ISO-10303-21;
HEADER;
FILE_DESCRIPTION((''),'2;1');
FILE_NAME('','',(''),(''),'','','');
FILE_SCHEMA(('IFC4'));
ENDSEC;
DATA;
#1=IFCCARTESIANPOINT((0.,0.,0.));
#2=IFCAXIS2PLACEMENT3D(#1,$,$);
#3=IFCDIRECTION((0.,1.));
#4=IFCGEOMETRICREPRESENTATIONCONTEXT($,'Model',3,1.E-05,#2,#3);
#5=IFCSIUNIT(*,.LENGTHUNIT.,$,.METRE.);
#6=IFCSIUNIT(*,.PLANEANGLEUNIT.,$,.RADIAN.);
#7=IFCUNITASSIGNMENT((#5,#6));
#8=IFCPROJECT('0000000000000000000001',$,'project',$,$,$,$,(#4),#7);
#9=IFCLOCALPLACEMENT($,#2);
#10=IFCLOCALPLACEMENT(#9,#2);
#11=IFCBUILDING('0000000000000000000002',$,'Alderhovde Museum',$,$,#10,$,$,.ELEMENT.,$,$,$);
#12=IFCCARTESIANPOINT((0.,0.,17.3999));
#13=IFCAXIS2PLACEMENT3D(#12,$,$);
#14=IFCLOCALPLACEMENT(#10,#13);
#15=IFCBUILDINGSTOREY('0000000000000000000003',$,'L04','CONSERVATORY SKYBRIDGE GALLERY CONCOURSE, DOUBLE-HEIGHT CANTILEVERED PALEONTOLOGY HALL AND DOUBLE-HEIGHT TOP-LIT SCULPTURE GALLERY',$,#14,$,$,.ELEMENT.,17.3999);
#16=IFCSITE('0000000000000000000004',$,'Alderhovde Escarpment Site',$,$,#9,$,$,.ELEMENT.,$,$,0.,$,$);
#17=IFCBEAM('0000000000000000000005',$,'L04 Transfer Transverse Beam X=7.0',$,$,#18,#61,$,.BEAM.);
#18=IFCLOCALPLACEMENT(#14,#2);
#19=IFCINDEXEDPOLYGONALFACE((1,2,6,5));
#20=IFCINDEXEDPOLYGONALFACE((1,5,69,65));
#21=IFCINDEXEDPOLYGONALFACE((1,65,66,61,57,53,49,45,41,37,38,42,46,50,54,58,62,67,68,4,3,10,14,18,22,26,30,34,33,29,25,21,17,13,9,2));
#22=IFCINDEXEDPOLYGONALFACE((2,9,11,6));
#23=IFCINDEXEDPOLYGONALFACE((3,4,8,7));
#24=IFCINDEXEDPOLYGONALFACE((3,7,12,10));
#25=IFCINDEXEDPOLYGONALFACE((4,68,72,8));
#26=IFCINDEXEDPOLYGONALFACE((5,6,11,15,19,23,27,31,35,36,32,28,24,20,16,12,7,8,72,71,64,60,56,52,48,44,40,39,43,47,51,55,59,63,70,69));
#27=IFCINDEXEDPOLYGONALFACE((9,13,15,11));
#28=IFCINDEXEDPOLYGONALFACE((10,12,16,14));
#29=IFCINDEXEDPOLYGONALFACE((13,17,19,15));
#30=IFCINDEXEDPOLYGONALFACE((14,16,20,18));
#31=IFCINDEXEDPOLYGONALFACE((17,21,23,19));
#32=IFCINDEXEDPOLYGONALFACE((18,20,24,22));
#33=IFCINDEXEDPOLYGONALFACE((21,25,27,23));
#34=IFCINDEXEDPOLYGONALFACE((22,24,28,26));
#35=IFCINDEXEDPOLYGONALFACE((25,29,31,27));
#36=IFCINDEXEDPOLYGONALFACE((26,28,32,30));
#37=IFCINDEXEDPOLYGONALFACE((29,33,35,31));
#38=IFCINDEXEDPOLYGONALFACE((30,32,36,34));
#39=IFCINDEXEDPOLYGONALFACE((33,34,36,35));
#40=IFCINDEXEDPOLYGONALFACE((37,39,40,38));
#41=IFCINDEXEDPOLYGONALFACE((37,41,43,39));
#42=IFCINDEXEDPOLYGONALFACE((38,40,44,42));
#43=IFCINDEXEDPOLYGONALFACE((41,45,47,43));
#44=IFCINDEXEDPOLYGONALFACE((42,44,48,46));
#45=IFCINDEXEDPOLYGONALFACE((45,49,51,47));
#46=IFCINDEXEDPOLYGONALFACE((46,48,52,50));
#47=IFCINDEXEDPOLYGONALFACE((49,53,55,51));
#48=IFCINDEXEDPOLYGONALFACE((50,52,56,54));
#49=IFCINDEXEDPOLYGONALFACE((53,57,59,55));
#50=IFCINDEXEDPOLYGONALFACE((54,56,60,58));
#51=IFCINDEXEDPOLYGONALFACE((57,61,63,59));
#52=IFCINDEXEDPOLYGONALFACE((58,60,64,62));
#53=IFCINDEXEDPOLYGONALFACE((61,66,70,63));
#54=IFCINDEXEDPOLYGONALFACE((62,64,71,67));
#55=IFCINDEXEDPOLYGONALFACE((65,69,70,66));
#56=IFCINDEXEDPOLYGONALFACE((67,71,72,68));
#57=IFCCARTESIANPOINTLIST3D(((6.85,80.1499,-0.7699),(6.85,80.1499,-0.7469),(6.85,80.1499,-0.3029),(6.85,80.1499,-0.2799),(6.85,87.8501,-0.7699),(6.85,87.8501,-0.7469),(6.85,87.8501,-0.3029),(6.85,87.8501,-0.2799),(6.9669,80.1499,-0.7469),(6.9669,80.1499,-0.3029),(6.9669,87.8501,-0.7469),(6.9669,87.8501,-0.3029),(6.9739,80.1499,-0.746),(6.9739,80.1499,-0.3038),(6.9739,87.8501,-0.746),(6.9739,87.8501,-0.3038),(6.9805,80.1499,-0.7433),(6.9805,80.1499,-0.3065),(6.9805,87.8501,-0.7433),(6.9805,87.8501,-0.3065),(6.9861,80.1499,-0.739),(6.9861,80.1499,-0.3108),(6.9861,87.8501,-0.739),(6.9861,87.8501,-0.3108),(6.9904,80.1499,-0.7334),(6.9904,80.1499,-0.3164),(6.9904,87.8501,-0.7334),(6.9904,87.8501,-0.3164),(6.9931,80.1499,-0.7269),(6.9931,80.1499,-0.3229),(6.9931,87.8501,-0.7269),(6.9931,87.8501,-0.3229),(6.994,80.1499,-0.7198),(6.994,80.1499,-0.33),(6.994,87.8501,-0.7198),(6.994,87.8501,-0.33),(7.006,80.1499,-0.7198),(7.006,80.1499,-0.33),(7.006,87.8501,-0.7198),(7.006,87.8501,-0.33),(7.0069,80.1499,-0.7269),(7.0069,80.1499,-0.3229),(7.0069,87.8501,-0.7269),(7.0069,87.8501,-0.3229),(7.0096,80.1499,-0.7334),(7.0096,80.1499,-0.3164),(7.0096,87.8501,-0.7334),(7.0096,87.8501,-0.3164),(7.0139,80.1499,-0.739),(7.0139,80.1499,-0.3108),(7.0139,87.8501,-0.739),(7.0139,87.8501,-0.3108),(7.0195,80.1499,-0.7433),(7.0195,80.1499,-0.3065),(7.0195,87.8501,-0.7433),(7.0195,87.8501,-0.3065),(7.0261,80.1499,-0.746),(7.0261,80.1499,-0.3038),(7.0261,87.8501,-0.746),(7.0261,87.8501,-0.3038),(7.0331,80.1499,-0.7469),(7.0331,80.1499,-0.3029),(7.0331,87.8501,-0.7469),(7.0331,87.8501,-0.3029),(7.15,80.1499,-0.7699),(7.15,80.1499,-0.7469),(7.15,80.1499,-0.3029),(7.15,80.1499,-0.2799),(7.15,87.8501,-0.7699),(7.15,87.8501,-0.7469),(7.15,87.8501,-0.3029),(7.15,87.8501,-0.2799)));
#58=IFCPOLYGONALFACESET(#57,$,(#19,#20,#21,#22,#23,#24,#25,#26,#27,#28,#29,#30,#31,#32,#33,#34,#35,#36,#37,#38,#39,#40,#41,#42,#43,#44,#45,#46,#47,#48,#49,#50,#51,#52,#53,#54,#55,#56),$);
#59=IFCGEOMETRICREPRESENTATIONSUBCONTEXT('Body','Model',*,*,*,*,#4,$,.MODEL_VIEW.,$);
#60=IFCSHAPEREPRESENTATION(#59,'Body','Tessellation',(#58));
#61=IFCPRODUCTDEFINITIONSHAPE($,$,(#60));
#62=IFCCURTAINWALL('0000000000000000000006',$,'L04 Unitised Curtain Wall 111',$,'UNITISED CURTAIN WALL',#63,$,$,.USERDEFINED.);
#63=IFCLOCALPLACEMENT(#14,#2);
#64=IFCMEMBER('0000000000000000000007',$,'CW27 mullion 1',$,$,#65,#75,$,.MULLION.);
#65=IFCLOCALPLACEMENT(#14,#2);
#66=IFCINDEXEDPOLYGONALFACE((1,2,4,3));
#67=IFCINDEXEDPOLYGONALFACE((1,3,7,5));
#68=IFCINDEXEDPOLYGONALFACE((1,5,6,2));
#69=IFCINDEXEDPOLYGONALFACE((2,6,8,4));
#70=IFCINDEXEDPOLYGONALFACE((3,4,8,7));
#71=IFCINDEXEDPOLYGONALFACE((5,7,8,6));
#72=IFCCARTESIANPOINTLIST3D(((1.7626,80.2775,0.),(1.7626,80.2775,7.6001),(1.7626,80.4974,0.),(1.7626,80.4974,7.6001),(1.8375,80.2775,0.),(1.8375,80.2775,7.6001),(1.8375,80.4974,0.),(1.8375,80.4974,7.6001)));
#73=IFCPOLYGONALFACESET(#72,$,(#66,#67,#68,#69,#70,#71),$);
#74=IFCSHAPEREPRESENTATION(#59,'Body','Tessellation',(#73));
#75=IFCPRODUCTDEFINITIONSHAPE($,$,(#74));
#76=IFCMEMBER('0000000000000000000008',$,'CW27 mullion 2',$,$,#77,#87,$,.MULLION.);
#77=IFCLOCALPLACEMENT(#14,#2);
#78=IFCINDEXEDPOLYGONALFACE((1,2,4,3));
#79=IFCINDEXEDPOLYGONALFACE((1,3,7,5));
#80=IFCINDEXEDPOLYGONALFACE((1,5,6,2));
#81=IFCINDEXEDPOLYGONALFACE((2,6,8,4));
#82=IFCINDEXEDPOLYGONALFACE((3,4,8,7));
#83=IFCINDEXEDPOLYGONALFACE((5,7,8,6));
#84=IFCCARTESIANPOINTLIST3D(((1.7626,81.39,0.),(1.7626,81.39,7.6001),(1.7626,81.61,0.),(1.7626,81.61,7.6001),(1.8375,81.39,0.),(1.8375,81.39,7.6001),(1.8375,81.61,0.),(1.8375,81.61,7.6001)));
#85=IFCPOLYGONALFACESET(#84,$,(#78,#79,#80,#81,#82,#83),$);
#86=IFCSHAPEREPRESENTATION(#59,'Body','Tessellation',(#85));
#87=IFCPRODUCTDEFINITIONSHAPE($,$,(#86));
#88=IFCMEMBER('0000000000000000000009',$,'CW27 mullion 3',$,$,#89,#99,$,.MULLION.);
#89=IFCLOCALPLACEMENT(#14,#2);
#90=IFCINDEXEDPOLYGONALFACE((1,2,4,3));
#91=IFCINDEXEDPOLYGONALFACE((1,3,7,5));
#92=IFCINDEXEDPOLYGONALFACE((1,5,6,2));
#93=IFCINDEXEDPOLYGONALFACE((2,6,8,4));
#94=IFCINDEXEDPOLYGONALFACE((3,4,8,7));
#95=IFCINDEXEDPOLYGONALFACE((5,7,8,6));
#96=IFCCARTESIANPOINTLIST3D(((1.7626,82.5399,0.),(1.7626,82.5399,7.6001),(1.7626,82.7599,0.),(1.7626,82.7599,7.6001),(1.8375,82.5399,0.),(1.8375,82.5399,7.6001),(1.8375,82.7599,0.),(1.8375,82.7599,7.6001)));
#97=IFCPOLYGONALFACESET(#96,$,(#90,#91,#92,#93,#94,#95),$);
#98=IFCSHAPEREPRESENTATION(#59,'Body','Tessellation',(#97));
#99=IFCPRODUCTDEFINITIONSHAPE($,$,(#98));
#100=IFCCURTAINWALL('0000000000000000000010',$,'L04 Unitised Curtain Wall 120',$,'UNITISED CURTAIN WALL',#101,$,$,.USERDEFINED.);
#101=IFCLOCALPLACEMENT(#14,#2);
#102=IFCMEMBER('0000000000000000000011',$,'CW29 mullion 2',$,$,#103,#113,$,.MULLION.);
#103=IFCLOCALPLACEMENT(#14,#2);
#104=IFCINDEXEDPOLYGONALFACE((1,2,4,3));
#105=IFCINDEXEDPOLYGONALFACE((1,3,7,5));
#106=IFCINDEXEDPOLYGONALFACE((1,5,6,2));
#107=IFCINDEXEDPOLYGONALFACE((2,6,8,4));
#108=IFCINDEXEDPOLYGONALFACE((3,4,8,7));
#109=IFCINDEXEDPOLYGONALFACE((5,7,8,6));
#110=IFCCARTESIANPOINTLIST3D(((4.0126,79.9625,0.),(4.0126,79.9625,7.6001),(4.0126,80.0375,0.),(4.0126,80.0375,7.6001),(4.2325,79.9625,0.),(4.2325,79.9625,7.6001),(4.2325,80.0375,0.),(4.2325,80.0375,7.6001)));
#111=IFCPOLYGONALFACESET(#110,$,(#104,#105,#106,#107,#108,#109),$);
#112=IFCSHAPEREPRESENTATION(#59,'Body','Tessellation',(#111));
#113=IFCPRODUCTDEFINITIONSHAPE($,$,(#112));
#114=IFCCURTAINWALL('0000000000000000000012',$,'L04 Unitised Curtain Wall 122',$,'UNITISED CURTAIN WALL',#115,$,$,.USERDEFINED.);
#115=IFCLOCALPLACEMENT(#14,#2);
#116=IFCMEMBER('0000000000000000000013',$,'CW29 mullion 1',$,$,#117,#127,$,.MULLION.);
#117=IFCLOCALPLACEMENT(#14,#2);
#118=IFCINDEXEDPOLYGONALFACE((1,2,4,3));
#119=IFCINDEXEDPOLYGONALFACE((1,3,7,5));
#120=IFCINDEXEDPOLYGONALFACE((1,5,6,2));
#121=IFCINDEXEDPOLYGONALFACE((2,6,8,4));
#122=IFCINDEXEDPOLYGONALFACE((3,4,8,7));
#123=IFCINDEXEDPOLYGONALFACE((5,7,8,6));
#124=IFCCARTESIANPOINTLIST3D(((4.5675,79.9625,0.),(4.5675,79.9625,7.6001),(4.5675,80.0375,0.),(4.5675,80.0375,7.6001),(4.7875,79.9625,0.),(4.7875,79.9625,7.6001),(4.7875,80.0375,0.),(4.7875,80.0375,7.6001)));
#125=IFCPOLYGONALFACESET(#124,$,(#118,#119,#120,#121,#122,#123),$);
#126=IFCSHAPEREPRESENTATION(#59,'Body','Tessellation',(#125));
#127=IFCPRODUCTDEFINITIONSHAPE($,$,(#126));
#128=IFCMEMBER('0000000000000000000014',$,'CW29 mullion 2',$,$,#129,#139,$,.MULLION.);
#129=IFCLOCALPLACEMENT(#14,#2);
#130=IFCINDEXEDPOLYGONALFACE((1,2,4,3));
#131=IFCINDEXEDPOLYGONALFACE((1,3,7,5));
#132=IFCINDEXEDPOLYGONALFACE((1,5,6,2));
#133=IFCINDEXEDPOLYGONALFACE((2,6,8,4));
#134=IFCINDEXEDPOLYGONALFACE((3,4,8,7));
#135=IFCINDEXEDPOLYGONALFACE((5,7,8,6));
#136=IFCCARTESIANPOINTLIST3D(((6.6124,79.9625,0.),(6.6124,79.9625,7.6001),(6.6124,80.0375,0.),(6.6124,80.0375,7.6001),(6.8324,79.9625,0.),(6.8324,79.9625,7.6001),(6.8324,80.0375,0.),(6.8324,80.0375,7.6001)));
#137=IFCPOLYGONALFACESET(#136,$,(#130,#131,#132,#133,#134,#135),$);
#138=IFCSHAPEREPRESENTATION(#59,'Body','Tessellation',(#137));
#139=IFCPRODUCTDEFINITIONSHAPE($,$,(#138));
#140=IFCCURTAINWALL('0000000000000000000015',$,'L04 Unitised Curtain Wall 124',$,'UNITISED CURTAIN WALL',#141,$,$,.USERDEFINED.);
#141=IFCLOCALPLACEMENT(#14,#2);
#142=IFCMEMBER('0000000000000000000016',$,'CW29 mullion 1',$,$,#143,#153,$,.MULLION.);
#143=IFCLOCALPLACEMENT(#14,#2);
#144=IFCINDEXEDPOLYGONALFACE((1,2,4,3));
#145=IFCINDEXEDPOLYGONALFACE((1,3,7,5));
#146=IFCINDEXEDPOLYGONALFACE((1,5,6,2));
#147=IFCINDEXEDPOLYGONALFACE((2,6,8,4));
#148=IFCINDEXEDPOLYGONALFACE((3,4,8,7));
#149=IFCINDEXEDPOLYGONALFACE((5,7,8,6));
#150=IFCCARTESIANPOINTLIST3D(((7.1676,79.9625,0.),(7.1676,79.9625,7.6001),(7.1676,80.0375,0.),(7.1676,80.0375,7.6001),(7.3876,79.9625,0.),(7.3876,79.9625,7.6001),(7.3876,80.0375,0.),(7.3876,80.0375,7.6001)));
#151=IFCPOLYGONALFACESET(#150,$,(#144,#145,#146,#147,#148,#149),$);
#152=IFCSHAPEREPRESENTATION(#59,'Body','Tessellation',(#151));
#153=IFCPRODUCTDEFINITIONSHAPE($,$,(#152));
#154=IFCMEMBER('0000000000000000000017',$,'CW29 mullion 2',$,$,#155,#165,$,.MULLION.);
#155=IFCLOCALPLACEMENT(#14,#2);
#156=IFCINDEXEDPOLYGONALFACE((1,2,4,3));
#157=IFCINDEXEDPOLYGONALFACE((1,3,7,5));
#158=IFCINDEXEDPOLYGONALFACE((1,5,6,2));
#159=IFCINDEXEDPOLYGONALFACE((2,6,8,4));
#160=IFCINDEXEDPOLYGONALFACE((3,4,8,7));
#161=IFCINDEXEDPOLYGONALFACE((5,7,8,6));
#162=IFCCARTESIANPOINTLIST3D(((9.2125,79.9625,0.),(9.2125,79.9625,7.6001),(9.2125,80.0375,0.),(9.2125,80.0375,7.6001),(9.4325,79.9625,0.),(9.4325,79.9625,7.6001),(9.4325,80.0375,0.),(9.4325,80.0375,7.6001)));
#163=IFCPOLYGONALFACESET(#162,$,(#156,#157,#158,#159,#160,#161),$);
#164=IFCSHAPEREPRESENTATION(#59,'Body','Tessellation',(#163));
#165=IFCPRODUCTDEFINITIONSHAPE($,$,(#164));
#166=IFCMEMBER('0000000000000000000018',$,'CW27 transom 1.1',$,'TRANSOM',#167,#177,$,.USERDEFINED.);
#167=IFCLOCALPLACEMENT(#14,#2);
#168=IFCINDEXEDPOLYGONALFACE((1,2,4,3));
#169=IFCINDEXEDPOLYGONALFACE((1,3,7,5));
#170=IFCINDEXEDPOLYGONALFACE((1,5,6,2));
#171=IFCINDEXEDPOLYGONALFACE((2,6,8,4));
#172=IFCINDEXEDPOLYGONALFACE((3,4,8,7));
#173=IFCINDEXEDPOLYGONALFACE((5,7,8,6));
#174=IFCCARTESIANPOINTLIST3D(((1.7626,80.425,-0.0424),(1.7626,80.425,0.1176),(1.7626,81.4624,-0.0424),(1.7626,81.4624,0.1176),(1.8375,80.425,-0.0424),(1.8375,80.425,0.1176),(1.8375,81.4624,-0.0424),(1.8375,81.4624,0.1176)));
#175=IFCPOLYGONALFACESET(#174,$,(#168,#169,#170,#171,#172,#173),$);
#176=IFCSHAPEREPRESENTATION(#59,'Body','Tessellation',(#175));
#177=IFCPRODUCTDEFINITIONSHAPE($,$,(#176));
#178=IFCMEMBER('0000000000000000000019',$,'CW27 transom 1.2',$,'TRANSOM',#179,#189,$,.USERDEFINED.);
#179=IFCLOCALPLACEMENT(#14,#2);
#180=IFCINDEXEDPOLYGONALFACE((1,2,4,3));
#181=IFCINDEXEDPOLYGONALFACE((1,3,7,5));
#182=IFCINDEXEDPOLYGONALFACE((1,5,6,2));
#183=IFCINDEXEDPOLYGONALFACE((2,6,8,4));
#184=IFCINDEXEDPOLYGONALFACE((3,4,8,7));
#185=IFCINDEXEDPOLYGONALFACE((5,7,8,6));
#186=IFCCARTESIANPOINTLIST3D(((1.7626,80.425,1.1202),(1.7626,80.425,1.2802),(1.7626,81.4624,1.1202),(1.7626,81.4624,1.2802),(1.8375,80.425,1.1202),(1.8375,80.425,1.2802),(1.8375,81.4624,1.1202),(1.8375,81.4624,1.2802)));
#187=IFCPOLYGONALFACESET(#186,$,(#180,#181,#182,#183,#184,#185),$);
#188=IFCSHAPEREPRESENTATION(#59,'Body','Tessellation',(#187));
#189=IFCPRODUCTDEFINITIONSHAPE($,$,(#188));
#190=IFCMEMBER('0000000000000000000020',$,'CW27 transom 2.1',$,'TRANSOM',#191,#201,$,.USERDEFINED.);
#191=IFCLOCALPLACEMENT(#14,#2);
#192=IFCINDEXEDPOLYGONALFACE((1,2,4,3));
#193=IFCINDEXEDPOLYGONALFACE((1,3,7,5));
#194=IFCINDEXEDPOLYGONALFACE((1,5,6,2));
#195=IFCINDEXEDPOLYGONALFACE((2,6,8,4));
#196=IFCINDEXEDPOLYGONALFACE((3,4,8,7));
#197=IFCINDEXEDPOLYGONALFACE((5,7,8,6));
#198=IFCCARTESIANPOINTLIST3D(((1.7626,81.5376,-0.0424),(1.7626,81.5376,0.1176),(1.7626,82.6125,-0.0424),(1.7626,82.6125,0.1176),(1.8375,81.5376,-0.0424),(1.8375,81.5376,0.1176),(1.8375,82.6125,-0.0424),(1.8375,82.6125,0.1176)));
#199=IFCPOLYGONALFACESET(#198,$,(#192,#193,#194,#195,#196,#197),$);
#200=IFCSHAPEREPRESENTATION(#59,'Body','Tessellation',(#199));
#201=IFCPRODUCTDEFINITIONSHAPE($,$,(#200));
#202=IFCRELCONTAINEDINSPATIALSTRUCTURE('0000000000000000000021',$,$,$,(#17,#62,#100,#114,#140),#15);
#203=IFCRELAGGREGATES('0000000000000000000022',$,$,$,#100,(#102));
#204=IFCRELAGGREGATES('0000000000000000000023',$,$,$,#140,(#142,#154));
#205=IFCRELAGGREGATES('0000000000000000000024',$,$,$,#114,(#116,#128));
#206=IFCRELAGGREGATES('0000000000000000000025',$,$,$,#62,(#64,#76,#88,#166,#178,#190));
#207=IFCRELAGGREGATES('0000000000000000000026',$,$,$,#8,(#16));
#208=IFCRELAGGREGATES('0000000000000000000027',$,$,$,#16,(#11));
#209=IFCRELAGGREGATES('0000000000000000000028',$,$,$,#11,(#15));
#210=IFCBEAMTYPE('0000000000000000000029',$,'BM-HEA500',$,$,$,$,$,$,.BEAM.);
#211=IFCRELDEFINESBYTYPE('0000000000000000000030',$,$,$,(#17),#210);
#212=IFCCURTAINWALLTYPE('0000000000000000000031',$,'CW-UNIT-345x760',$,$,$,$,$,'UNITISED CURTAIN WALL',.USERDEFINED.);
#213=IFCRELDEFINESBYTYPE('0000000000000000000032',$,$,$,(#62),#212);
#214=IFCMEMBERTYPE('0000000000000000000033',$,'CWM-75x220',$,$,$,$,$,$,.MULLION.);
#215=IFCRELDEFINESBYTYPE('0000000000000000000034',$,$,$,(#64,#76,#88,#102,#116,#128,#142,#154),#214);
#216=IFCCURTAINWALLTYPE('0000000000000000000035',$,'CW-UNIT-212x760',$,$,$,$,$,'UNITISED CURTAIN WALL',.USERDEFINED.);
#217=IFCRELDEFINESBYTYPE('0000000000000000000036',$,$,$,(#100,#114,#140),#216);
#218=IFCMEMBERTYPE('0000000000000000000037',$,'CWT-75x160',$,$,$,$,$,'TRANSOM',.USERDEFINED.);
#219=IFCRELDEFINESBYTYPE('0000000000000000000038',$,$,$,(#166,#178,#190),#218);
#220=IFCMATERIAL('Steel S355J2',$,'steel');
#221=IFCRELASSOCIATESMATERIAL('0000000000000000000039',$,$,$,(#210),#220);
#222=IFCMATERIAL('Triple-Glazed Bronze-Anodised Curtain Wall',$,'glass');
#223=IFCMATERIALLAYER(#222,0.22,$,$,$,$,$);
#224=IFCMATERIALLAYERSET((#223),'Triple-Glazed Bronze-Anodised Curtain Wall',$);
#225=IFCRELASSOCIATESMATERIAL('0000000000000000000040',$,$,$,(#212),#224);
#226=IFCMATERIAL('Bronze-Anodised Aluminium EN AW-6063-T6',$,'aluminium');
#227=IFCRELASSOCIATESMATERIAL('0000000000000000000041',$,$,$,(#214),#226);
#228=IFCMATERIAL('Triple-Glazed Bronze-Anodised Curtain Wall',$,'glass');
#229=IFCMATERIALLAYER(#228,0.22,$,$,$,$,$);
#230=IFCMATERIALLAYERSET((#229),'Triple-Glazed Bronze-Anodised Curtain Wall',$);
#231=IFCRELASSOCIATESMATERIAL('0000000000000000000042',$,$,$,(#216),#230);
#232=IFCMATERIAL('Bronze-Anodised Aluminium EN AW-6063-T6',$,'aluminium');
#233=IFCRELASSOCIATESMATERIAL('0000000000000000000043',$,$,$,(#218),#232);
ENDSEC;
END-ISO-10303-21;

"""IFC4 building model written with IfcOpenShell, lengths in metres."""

from ifc_helpers import new_model, si_unit, direction, frame, origin, origin_2d, place, context, subcontext, project, spatial, rectangle, i_section, extrude, material, layer, layer_set, material_profile, profile_set, type_object, element, aggregate, save


model = new_model("IFC4")

# Units and contexts
model_context = context("Model", 3, precision=1e-05, world=origin(), true_north=direction((0.0, 1.0)))
body_context = subcontext(model_context, "Body", "Model", "MODEL_VIEW")
ifc_project = project(units=[si_unit("LENGTHUNIT", "METRE"), si_unit("PLANEANGLEUNIT", "RADIAN")], contexts=[model_context])

# Site, building, storey
site_placement = place(None, origin())
site = spatial("IfcSite", under=ifc_project, at=site_placement, Name="Alderhovde Escarpment Site", CompositionType="ELEMENT", RefElevation=0.0)
building_placement = place(site_placement, origin())
building = spatial("IfcBuilding", under=site, at=building_placement, Name="Alderhovde Museum", CompositionType="ELEMENT")
storey_placement = place(building_placement, frame((0.0, 0.0, 17.3999)))
storey = spatial("IfcBuildingStorey", under=building, at=storey_placement, Name="L04", Description="CONSERVATORY SKYBRIDGE GALLERY CONCOURSE, DOUBLE-HEIGHT CANTILEVERED PALEONTOLOGY HALL AND DOUBLE-HEIGHT TOP-LIT SCULPTURE GALLERY", CompositionType="ELEMENT", Elevation=17.3999)

# Beam
ifc_material_1 = material(Name="Steel S355J2", Category="steel")
ifc_material_profile_1 = material_profile(ifc_material_1, i_section(OverallWidth=0.3, OverallDepth=0.49, WebThickness=0.012, FlangeThickness=0.0229, FilletRadius=0.0271, at=origin_2d()), Name="HEA 500")
ifc_profile_set_1 = profile_set([ifc_material_profile_1], Name="Steel S355J2")
beam_type_1 = type_object("IfcBeamType", Name="BM-HEA500", PredefinedType="BEAM", material=ifc_profile_set_1)
for number, where, z_axis, x_axis, name in (
    (1, (7.0, 80.1499, -0.5249), (0.0, 1.0, 0.0), (-1.0, 0.0, 0.0), "L04 Transfer Transverse Beam X=7.0"),
):
    element("IfcBeam", number, at=place(storey_placement, frame(where, z_axis=z_axis, x_axis=x_axis)), inside=storey, type_object=beam_type_1, Name=name, PredefinedType="BEAM", context=body_context, shape_type="SweptSolid", body=[
        extrude(i_section(OverallWidth=0.3, OverallDepth=0.49, WebThickness=0.012, FlangeThickness=0.0229, FilletRadius=0.0271, at=origin_2d()), origin(), (0.0, 0.0, 1.0), 7.7002),
    ])

# Curtain wall, members
ifc_material_2 = material(Name="Triple-Glazed Bronze-Anodised Curtain Wall", Category="glass")
ifc_layer_1 = layer(ifc_material_2, 0.22)
ifc_layer_set_1 = layer_set([ifc_layer_1], Name="Triple-Glazed Bronze-Anodised Curtain Wall")
curtain_wall_type_1 = type_object("IfcCurtainWallType", Name="CW-UNIT-345x760", ElementType="UNITISED CURTAIN WALL", PredefinedType="USERDEFINED", material=ifc_layer_set_1)
curtain_wall_1_placement = place(storey_placement, origin())
curtain_wall_1 = element("IfcCurtainWall", 2, at=curtain_wall_1_placement, inside=storey, type_object=curtain_wall_type_1, Name="L04 Unitised Curtain Wall 111", ObjectType="UNITISED CURTAIN WALL", PredefinedType="USERDEFINED")
ifc_material_3 = material(Name="Bronze-Anodised Aluminium EN AW-6063-T6", Category="aluminium")
ifc_material_profile_2 = material_profile(ifc_material_3, rectangle(XDim=0.075, YDim=0.22, at=origin_2d()), Name="MULLION 75x220")
ifc_profile_set_2 = profile_set([ifc_material_profile_2], Name="Bronze-Anodised Aluminium EN AW-6063-T6")
member_type_1 = type_object("IfcMemberType", Name="CWM-75x220", PredefinedType="MULLION", material=ifc_profile_set_2)
member_1_placement = place(storey_placement, frame((1.8, 80.3875, 0.0), z_axis=(0.0, 0.0, 1.0), x_axis=(-1.0, 0.0, 0.0)))
member_1 = element("IfcMember", 3, at=member_1_placement, type_object=member_type_1, Name="CW27 mullion 1", PredefinedType="MULLION", context=body_context, shape_type="SweptSolid", body=[
    extrude(rectangle(XDim=0.075, YDim=0.22, at=origin_2d()), origin(), (0.0, 0.0, 1.0), 7.6001),
])
member_2_placement = place(storey_placement, frame((1.8, 81.5, 0.0), z_axis=(0.0, 0.0, 1.0), x_axis=(-1.0, 0.0, 0.0)))
member_2 = element("IfcMember", 4, at=member_2_placement, type_object=member_type_1, Name="CW27 mullion 2", PredefinedType="MULLION", context=body_context, shape_type="SweptSolid", body=[
    extrude(rectangle(XDim=0.075, YDim=0.22, at=origin_2d()), origin(), (0.0, 0.0, 1.0), 7.6001),
])
member_3_placement = place(storey_placement, frame((1.8, 82.6499, 0.0), z_axis=(0.0, 0.0, 1.0), x_axis=(-1.0, 0.0, 0.0)))
member_3 = element("IfcMember", 5, at=member_3_placement, type_object=member_type_1, Name="CW27 mullion 3", PredefinedType="MULLION", context=body_context, shape_type="SweptSolid", body=[
    extrude(rectangle(XDim=0.075, YDim=0.22, at=origin_2d()), origin(), (0.0, 0.0, 1.0), 7.6001),
])

# Curtain wall, member
ifc_material_4 = material(Name="Triple-Glazed Bronze-Anodised Curtain Wall", Category="glass")
ifc_layer_2 = layer(ifc_material_4, 0.22)
ifc_layer_set_2 = layer_set([ifc_layer_2], Name="Triple-Glazed Bronze-Anodised Curtain Wall")
curtain_wall_type_2 = type_object("IfcCurtainWallType", Name="CW-UNIT-212x760", ElementType="UNITISED CURTAIN WALL", PredefinedType="USERDEFINED", material=ifc_layer_set_2)
curtain_wall_2_placement = place(storey_placement, origin())
curtain_wall_2 = element("IfcCurtainWall", 6, at=curtain_wall_2_placement, inside=storey, type_object=curtain_wall_type_2, Name="L04 Unitised Curtain Wall 120", ObjectType="UNITISED CURTAIN WALL", PredefinedType="USERDEFINED")
member_4_placement = place(storey_placement, frame((4.1226, 80.0, 0.0), z_axis=(0.0, 0.0, 1.0), x_axis=(0.0, 1.0, 0.0)))
member_4 = element("IfcMember", 7, at=member_4_placement, type_object=member_type_1, Name="CW29 mullion 2", PredefinedType="MULLION", context=body_context, shape_type="SweptSolid", body=[
    extrude(rectangle(XDim=0.075, YDim=0.22, at=origin_2d()), origin(), (0.0, 0.0, 1.0), 7.6001),
])

# Curtain walls, members
curtain_wall_3_placement = place(storey_placement, origin())
curtain_wall_3 = element("IfcCurtainWall", 8, at=curtain_wall_3_placement, inside=storey, type_object=curtain_wall_type_2, Name="L04 Unitised Curtain Wall 122", ObjectType="UNITISED CURTAIN WALL", PredefinedType="USERDEFINED")
member_5_placement = place(storey_placement, frame((4.6775, 80.0, 0.0), z_axis=(0.0, 0.0, 1.0), x_axis=(0.0, 1.0, 0.0)))
member_5 = element("IfcMember", 9, at=member_5_placement, type_object=member_type_1, Name="CW29 mullion 1", PredefinedType="MULLION", context=body_context, shape_type="SweptSolid", body=[
    extrude(rectangle(XDim=0.075, YDim=0.22, at=origin_2d()), origin(), (0.0, 0.0, 1.0), 7.6001),
])
member_6_placement = place(storey_placement, frame((6.7224, 80.0, 0.0), z_axis=(0.0, 0.0, 1.0), x_axis=(0.0, 1.0, 0.0)))
member_6 = element("IfcMember", 10, at=member_6_placement, type_object=member_type_1, Name="CW29 mullion 2", PredefinedType="MULLION", context=body_context, shape_type="SweptSolid", body=[
    extrude(rectangle(XDim=0.075, YDim=0.22, at=origin_2d()), origin(), (0.0, 0.0, 1.0), 7.6001),
])
curtain_wall_4_placement = place(storey_placement, origin())
curtain_wall_4 = element("IfcCurtainWall", 11, at=curtain_wall_4_placement, inside=storey, type_object=curtain_wall_type_2, Name="L04 Unitised Curtain Wall 124", ObjectType="UNITISED CURTAIN WALL", PredefinedType="USERDEFINED")
member_7_placement = place(storey_placement, frame((7.2776, 80.0, 0.0), z_axis=(0.0, 0.0, 1.0), x_axis=(0.0, 1.0, 0.0)))
member_7 = element("IfcMember", 12, at=member_7_placement, type_object=member_type_1, Name="CW29 mullion 1", PredefinedType="MULLION", context=body_context, shape_type="SweptSolid", body=[
    extrude(rectangle(XDim=0.075, YDim=0.22, at=origin_2d()), origin(), (0.0, 0.0, 1.0), 7.6001),
])
member_8_placement = place(storey_placement, frame((9.3225, 80.0, 0.0), z_axis=(0.0, 0.0, 1.0), x_axis=(0.0, 1.0, 0.0)))
member_8 = element("IfcMember", 13, at=member_8_placement, type_object=member_type_1, Name="CW29 mullion 2", PredefinedType="MULLION", context=body_context, shape_type="SweptSolid", body=[
    extrude(rectangle(XDim=0.075, YDim=0.22, at=origin_2d()), origin(), (0.0, 0.0, 1.0), 7.6001),
])

# Members
ifc_material_5 = material(Name="Bronze-Anodised Aluminium EN AW-6063-T6", Category="aluminium")
ifc_material_profile_3 = material_profile(ifc_material_5, rectangle(XDim=0.075, YDim=0.1599, at=origin_2d()), Name="TRANSOM 75x160")
ifc_profile_set_3 = profile_set([ifc_material_profile_3], Name="Bronze-Anodised Aluminium EN AW-6063-T6")
member_type_2 = type_object("IfcMemberType", Name="CWT-75x160", ElementType="TRANSOM", PredefinedType="USERDEFINED", material=ifc_profile_set_3)
member_9_placement = place(storey_placement, frame((1.8, 80.425, 0.0376), z_axis=(0.0, 1.0, 0.0), x_axis=(-1.0, 0.0, 0.0)))
member_9 = element("IfcMember", 14, at=member_9_placement, type_object=member_type_2, Name="CW27 transom 1.1", ObjectType="TRANSOM", PredefinedType="USERDEFINED", context=body_context, shape_type="SweptSolid", body=[
    extrude(rectangle(XDim=0.075, YDim=0.1599, at=origin_2d()), origin(), (0.0, 0.0, 1.0), 1.0374),
])
member_10_placement = place(storey_placement, frame((1.8, 80.425, 1.2002), z_axis=(0.0, 1.0, 0.0), x_axis=(-1.0, 0.0, 0.0)))
member_10 = element("IfcMember", 15, at=member_10_placement, type_object=member_type_2, Name="CW27 transom 1.2", ObjectType="TRANSOM", PredefinedType="USERDEFINED", context=body_context, shape_type="SweptSolid", body=[
    extrude(rectangle(XDim=0.075, YDim=0.1599, at=origin_2d()), origin(), (0.0, 0.0, 1.0), 1.0374),
])
member_11_placement = place(storey_placement, frame((1.8, 81.5376, 0.0376), z_axis=(0.0, 1.0, 0.0), x_axis=(-1.0, 0.0, 0.0)))
member_11 = element("IfcMember", 16, at=member_11_placement, type_object=member_type_2, Name="CW27 transom 2.1", ObjectType="TRANSOM", PredefinedType="USERDEFINED", context=body_context, shape_type="SweptSolid", body=[
    extrude(rectangle(XDim=0.075, YDim=0.1599, at=origin_2d()), origin(), (0.0, 0.0, 1.0), 1.075),
])

aggregate(curtain_wall_2, [member_4])
aggregate(curtain_wall_4, [member_7, member_8])
aggregate(curtain_wall_3, [member_5, member_6])
aggregate(curtain_wall_1, [member_1, member_2, member_3, member_9, member_10, member_11])

save(model, "model.ifc")
